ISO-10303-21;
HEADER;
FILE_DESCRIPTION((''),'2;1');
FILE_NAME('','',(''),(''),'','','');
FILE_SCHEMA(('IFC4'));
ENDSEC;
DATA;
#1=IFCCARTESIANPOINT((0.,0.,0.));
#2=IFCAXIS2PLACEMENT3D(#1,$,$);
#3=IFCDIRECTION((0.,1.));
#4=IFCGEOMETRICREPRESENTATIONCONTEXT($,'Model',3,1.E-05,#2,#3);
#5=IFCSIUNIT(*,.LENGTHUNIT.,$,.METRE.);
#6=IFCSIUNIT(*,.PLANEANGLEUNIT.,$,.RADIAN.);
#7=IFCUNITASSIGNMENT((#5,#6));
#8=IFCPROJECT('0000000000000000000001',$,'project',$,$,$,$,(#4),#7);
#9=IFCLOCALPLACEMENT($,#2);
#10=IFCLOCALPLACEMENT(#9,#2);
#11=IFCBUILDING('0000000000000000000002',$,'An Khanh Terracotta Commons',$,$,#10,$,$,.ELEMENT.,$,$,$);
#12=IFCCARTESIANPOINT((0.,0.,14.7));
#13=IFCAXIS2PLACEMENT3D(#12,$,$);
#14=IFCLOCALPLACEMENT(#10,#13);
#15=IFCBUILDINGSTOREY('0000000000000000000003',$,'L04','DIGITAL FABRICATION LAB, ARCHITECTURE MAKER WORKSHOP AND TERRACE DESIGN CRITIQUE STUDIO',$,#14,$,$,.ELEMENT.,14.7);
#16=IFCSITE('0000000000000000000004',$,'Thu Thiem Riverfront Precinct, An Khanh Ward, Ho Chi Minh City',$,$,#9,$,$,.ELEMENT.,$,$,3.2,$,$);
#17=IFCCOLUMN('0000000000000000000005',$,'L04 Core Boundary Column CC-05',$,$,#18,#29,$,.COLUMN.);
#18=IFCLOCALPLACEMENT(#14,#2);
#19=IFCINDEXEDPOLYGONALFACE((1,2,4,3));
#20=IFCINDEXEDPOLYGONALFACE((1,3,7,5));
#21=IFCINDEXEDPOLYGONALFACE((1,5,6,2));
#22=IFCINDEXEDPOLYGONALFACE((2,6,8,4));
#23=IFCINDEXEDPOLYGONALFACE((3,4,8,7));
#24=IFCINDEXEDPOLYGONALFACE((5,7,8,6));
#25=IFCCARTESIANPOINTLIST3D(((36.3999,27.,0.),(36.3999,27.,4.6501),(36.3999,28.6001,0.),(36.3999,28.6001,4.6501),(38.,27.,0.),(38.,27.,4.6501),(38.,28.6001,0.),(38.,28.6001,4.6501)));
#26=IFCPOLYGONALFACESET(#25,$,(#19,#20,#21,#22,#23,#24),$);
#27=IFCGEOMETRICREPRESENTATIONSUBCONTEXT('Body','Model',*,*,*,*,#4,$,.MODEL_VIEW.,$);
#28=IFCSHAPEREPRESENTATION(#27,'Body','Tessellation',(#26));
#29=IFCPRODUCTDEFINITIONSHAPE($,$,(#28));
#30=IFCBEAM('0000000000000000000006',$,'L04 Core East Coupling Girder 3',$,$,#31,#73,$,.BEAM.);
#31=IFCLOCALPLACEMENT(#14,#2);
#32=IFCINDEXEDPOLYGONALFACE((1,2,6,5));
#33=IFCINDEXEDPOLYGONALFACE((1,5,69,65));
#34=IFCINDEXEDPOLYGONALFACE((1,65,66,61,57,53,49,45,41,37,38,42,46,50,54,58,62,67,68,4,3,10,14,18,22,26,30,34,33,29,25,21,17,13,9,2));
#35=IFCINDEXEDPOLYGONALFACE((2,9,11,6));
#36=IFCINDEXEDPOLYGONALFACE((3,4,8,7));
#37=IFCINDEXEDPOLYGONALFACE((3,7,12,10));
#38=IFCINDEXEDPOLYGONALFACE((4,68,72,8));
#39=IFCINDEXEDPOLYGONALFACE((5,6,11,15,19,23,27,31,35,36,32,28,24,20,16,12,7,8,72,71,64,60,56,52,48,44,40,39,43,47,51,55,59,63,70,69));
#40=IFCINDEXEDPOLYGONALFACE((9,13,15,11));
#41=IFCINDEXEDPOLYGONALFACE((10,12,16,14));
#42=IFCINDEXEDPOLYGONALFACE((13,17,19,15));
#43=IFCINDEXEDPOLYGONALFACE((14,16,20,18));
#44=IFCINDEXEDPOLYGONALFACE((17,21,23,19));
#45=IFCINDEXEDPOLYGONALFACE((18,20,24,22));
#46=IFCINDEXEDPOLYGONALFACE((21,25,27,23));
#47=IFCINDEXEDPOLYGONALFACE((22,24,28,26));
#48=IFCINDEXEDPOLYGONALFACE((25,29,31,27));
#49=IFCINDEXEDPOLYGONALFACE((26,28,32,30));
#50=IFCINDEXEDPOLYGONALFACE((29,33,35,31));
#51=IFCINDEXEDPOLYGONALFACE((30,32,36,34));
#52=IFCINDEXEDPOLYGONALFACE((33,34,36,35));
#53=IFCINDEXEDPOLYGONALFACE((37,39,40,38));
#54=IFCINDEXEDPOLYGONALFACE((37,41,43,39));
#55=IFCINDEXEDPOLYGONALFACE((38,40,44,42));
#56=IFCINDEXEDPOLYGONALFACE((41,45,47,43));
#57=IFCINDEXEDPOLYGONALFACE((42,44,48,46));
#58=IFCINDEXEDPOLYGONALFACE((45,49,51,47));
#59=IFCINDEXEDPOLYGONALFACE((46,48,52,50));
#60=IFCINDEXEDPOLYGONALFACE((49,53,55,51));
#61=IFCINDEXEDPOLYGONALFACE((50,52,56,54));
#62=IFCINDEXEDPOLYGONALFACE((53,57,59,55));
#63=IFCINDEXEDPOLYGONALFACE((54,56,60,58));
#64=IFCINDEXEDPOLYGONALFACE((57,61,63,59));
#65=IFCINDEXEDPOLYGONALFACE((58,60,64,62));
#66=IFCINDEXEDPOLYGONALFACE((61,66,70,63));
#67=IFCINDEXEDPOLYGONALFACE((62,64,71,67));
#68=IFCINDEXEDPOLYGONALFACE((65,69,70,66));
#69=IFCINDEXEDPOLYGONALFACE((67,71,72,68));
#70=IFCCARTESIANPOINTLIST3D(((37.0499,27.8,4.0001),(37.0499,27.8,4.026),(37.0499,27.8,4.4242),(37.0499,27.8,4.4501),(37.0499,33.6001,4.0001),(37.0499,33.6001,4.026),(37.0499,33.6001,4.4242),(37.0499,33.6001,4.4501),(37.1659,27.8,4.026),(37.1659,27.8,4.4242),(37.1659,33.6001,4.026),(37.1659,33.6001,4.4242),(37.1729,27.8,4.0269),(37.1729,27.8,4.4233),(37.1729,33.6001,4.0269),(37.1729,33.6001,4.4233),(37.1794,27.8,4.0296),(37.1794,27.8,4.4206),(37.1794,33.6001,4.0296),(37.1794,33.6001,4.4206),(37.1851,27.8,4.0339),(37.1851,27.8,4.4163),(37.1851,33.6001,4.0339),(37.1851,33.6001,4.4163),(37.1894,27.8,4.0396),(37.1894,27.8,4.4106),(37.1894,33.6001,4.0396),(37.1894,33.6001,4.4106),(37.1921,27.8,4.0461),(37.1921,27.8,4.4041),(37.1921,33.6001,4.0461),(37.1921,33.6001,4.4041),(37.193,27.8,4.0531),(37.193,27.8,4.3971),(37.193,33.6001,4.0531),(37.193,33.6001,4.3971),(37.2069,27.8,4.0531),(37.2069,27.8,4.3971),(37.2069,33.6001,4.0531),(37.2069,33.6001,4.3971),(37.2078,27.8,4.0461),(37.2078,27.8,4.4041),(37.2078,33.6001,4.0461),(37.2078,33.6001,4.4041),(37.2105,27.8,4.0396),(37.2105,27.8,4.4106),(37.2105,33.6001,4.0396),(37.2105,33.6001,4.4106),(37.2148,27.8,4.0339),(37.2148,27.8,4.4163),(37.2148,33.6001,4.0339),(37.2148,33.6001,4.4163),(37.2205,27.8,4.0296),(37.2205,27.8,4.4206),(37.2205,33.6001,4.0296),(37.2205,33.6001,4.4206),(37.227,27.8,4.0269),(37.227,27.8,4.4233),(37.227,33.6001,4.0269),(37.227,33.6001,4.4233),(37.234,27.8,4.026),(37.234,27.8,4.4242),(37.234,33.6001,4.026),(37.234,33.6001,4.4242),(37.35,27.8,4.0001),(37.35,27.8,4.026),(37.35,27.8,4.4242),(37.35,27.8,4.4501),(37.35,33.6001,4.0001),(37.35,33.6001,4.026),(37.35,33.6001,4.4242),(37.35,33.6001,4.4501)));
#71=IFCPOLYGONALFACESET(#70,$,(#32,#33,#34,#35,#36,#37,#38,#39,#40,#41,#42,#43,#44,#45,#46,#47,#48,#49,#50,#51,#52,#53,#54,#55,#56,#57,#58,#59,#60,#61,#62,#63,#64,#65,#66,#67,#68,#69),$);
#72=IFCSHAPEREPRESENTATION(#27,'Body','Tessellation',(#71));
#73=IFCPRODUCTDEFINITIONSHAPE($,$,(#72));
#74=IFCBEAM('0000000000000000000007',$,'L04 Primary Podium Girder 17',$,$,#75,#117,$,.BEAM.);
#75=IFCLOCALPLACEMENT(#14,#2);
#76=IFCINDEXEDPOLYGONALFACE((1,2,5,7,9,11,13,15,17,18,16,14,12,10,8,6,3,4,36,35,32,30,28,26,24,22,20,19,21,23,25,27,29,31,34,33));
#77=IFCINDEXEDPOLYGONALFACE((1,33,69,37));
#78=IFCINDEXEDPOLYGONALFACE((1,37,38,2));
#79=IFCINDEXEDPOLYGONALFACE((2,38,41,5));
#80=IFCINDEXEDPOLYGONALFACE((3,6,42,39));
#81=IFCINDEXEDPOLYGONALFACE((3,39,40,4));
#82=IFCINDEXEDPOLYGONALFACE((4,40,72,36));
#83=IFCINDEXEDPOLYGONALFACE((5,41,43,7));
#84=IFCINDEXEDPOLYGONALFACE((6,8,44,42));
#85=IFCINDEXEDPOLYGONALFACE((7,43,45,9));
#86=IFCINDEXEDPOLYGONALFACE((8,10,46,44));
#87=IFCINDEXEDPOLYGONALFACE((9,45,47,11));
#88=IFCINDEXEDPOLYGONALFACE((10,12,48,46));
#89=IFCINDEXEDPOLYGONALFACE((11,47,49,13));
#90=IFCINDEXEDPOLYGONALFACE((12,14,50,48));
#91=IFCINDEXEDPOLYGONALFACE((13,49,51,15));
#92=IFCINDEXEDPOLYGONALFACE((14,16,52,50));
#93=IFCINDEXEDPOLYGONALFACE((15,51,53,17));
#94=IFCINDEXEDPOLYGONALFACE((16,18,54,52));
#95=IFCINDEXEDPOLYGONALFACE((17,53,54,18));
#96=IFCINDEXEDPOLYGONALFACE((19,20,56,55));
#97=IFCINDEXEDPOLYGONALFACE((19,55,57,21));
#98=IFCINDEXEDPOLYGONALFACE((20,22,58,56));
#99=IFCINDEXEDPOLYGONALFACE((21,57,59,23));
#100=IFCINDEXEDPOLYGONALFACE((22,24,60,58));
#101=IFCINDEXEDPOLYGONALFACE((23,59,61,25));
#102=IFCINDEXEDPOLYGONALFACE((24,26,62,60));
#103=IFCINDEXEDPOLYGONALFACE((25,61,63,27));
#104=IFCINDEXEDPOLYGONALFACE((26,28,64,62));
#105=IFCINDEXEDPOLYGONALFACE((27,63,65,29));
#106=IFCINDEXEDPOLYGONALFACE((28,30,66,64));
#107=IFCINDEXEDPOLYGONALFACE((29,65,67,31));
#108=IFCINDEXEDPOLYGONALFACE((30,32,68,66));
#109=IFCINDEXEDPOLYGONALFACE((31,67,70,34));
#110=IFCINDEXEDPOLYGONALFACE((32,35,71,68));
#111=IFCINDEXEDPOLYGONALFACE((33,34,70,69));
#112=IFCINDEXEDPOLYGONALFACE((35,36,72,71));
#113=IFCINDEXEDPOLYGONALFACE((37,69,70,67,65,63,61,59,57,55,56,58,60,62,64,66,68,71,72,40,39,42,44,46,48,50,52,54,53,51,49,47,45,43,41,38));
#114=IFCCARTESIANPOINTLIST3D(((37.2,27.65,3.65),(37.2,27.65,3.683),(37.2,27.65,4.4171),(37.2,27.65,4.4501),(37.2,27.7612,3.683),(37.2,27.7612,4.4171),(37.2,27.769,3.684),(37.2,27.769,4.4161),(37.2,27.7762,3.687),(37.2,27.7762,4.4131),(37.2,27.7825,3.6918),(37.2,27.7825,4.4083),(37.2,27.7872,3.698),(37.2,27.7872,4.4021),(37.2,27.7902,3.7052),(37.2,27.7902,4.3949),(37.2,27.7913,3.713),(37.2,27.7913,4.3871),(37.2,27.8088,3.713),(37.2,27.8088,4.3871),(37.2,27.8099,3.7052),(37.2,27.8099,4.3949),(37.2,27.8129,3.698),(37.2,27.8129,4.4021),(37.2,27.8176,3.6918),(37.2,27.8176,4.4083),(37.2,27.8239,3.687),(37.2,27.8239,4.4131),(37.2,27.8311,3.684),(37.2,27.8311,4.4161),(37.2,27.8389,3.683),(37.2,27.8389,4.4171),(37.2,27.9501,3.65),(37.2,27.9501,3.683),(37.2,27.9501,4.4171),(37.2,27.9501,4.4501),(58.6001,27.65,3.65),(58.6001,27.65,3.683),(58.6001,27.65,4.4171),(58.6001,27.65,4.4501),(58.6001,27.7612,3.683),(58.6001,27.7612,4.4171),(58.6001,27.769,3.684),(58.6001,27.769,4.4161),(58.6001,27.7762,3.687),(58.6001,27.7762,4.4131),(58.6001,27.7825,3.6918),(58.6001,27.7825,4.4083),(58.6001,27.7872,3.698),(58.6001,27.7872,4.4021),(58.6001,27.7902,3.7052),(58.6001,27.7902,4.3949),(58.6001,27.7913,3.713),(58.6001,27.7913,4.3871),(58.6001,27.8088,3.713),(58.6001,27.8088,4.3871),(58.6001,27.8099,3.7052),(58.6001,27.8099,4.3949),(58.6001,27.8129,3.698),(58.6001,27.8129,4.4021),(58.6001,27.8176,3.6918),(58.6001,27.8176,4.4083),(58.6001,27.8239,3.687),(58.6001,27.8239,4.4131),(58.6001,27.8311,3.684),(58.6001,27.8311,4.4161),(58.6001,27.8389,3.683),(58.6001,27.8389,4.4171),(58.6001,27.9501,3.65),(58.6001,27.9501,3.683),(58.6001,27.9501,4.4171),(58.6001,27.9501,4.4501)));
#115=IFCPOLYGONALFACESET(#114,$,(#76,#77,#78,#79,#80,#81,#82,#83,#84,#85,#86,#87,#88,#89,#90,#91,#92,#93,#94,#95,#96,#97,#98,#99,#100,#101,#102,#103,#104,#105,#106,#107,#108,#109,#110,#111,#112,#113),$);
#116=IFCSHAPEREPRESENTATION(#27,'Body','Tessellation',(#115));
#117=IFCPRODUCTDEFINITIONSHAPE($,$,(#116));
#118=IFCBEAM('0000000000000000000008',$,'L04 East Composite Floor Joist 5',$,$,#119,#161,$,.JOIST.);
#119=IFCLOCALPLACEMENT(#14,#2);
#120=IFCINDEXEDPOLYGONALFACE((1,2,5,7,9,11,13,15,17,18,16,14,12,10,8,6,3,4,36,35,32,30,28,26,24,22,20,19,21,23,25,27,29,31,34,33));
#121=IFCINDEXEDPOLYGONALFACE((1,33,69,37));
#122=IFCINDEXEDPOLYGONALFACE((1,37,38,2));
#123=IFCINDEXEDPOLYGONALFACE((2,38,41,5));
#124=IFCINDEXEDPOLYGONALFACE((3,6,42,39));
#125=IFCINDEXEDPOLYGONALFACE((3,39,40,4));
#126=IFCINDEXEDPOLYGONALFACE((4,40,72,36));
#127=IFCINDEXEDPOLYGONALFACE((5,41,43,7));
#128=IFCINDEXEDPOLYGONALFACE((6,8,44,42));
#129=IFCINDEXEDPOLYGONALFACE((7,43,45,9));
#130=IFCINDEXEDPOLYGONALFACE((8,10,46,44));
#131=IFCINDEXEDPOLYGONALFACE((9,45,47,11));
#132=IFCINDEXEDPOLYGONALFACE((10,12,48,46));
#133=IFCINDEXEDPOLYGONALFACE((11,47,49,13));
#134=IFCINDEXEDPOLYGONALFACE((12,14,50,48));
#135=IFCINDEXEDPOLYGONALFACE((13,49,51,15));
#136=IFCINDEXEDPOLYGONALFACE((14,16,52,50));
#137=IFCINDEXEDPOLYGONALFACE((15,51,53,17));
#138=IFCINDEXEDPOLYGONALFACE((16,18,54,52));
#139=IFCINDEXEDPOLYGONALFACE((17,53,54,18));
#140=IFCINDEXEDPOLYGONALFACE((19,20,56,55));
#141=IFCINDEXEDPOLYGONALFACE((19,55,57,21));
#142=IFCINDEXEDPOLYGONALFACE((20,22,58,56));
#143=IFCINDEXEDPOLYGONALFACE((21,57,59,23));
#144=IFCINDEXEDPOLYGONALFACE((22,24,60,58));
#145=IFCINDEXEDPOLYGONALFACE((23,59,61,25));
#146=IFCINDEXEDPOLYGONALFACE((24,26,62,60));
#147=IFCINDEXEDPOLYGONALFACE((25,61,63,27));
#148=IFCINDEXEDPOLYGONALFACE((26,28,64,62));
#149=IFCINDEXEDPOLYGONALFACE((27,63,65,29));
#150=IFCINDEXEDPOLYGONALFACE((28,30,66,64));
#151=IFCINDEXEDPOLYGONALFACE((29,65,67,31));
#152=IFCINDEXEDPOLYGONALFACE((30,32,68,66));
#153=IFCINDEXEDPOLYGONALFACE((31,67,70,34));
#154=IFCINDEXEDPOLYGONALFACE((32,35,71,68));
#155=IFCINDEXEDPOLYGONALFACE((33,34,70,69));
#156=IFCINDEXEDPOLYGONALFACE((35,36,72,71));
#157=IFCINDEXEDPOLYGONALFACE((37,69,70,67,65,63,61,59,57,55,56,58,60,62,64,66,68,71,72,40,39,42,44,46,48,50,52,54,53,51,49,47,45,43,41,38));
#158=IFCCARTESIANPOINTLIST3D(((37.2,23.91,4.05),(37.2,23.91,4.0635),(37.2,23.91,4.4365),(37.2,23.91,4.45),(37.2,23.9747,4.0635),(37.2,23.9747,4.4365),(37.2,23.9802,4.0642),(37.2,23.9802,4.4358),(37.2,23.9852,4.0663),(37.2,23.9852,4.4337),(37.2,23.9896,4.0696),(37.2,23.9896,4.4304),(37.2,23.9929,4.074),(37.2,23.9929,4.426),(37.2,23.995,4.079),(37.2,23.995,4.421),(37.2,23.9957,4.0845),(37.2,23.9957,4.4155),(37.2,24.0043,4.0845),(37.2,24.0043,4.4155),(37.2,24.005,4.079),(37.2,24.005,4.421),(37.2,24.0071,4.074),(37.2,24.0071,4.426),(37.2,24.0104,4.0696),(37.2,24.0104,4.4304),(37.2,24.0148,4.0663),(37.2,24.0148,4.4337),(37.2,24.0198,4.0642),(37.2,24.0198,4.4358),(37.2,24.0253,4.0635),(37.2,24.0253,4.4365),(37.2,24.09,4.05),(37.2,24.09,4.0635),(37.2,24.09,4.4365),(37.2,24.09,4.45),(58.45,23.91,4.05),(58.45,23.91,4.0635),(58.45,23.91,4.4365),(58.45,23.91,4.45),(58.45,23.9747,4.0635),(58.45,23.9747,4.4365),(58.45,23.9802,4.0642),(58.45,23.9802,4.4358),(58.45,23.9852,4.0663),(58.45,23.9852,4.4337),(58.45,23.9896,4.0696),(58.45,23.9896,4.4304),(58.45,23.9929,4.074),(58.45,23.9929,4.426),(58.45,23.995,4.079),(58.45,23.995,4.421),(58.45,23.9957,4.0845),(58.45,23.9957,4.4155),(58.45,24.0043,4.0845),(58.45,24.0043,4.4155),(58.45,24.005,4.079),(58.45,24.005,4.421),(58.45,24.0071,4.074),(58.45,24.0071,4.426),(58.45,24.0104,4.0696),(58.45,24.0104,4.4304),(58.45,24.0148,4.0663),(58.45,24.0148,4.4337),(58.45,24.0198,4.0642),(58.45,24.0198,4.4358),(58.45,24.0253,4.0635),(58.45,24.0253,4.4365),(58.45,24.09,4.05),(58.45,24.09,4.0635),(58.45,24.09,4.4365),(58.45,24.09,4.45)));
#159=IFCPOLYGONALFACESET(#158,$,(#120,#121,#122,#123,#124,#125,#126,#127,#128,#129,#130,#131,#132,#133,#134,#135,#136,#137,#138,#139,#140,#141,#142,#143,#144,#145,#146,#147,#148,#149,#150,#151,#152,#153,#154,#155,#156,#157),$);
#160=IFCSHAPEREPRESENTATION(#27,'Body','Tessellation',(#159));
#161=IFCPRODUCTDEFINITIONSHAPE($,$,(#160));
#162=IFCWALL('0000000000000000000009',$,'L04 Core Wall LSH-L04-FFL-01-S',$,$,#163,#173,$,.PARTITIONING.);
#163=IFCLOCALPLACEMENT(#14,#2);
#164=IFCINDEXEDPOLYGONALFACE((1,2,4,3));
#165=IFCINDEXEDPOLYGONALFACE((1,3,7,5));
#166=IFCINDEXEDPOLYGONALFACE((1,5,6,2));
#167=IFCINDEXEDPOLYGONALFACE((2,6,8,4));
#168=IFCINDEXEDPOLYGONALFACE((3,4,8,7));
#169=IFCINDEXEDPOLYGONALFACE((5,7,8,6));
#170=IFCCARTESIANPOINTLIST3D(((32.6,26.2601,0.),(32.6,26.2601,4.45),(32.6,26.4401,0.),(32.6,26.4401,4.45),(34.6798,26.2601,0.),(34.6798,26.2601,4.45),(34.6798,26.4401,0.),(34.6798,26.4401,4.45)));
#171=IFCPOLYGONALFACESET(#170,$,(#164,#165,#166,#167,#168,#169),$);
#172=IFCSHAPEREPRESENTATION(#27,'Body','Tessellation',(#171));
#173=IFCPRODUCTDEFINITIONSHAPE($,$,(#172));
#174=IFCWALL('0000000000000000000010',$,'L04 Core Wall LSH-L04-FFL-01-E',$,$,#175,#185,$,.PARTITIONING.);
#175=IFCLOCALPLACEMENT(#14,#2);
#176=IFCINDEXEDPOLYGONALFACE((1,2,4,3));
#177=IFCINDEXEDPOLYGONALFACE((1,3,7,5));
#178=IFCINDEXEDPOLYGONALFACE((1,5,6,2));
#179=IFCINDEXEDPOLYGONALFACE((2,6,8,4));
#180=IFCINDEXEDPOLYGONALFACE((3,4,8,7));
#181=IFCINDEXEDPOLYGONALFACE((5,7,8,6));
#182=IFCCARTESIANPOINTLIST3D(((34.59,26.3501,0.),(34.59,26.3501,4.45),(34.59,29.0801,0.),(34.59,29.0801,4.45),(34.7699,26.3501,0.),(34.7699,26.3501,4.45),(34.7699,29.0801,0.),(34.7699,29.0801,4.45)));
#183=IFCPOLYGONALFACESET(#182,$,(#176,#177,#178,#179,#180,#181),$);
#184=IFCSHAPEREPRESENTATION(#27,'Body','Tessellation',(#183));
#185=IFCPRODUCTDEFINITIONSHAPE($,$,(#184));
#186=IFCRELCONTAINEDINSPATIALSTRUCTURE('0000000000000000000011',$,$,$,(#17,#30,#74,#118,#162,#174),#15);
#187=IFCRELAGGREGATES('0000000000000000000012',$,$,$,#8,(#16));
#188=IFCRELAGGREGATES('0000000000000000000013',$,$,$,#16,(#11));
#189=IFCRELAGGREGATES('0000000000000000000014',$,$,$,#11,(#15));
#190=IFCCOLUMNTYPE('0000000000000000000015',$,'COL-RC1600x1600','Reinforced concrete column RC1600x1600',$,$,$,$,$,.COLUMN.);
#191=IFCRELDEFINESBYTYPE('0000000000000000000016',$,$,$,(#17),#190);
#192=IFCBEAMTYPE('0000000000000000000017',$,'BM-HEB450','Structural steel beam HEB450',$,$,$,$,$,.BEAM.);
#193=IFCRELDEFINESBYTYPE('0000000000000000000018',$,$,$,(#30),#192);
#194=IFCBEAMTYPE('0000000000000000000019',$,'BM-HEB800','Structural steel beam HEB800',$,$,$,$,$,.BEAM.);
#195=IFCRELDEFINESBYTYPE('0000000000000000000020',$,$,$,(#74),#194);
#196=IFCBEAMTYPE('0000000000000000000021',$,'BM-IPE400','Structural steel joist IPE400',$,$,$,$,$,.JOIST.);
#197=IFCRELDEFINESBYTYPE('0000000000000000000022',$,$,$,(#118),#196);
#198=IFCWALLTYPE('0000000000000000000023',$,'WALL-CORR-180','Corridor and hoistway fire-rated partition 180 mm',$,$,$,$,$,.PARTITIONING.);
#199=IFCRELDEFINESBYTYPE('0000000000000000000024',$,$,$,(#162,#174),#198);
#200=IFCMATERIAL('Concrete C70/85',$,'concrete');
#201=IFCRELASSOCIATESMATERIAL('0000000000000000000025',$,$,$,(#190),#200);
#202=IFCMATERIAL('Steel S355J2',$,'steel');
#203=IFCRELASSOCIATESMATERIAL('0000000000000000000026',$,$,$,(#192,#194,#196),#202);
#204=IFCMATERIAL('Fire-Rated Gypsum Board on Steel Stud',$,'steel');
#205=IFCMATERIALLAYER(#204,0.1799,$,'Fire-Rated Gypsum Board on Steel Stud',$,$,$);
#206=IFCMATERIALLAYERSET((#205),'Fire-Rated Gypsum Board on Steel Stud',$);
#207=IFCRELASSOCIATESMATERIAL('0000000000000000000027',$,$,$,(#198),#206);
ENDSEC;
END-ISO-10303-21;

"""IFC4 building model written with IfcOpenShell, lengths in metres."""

from ifc_helpers import new_model, si_unit, direction, frame, frame_2d, origin, origin_2d, place, context, subcontext, project, spatial, rectangle, i_section, extrude, material, layer, layer_set, material_profile, profile_set, type_object, element, save


model = new_model("IFC4")

# Units and contexts
model_context = context("Model", 3, precision=1e-05, world=origin(), true_north=direction((0.0, 1.0)))
body_context = subcontext(model_context, "Body", "Model", "MODEL_VIEW")
ifc_project = project(units=[si_unit("LENGTHUNIT", "METRE"), si_unit("PLANEANGLEUNIT", "RADIAN")], contexts=[model_context])

# Site, building, storey
site_placement = place(None, origin())
site = spatial("IfcSite", under=ifc_project, at=site_placement, Name="Thu Thiem Riverfront Precinct, An Khanh Ward, Ho Chi Minh City", CompositionType="ELEMENT", RefElevation=3.2)
building_placement = place(site_placement, origin())
building = spatial("IfcBuilding", under=site, at=building_placement, Name="An Khanh Terracotta Commons", CompositionType="ELEMENT")
storey_placement = place(building_placement, frame((0.0, 0.0, 14.7)))
storey = spatial("IfcBuildingStorey", under=building, at=storey_placement, Name="L04", Description="DIGITAL FABRICATION LAB, ARCHITECTURE MAKER WORKSHOP AND TERRACE DESIGN CRITIQUE STUDIO", CompositionType="ELEMENT", Elevation=14.7)

# Column
ifc_material_1 = material(Name="Concrete C70/85", Category="concrete")
ifc_material_profile_1 = material_profile(ifc_material_1, rectangle(XDim=1.6001, YDim=1.6001, at=origin_2d()), Name="RC1600x1600")
ifc_profile_set_1 = profile_set([ifc_material_profile_1], Name="Concrete C70/85")
column_type = type_object("IfcColumnType", Name="COL-RC1600x1600", Description="Reinforced concrete column RC1600x1600", PredefinedType="COLUMN", material=ifc_profile_set_1)
column_placement = place(storey_placement, frame((37.2, 27.8, 0.0), z_axis=(0.0, 0.0, 1.0), x_axis=(1.0, 0.0, 0.0)))
element("IfcColumn", 1, at=column_placement, inside=storey, type_object=column_type, Name="L04 Core Boundary Column CC-05", PredefinedType="COLUMN", context=body_context, shape_type="SweptSolid", body=[
    extrude(rectangle(XDim=1.6001, YDim=1.6001, at=origin_2d()), origin(), (0.0, 0.0, 1.0), 4.6501),
])

# Beams
ifc_material_2 = material(Name="Steel S355J2", Category="steel")
ifc_material_profile_2 = material_profile(ifc_material_2, i_section(OverallWidth=0.3, OverallDepth=0.45, WebThickness=0.0139, FlangeThickness=0.0259, FilletRadius=0.0271, at=origin_2d()), Name="HEB450")
ifc_profile_set_2 = profile_set([ifc_material_profile_2], Name="Steel S355J2")
beam_type_1 = type_object("IfcBeamType", Name="BM-HEB450", Description="Structural steel beam HEB450", PredefinedType="BEAM", material=ifc_profile_set_2)
beam_1_placement = place(storey_placement, frame((37.2, 27.8, 4.2251), z_axis=(0.0, 1.0, 0.0), x_axis=(-1.0, 0.0, 0.0)))
element("IfcBeam", 2, at=beam_1_placement, inside=storey, type_object=beam_type_1, Name="L04 Core East Coupling Girder 3", PredefinedType="BEAM", context=body_context, shape_type="SweptSolid", body=[
    extrude(i_section(OverallWidth=0.3, OverallDepth=0.45, WebThickness=0.0139, FlangeThickness=0.0259, FilletRadius=0.0271, at=origin_2d()), origin(), (0.0, 0.0, 1.0), 5.8),
])
ifc_material_profile_3 = material_profile(ifc_material_2, i_section(OverallWidth=0.3, OverallDepth=0.8, WebThickness=0.0176, FlangeThickness=0.033, FilletRadius=0.03, at=origin_2d()), Name="HEB800")
ifc_profile_set_3 = profile_set([ifc_material_profile_3], Name="Steel S355J2")
beam_type_2 = type_object("IfcBeamType", Name="BM-HEB800", Description="Structural steel beam HEB800", PredefinedType="BEAM", material=ifc_profile_set_3)
beam_2_placement = place(storey_placement, frame((37.2, 27.8, 4.05), z_axis=(1.0, 0.0, 0.0), x_axis=(0.0, 1.0, 0.0)))
element("IfcBeam", 3, at=beam_2_placement, inside=storey, type_object=beam_type_2, Name="L04 Primary Podium Girder 17", PredefinedType="BEAM", context=body_context, shape_type="SweptSolid", body=[
    extrude(i_section(OverallWidth=0.3, OverallDepth=0.8, WebThickness=0.0176, FlangeThickness=0.033, FilletRadius=0.03, at=origin_2d()), origin(), (0.0, 0.0, 1.0), 21.4001),
])
ifc_material_profile_4 = material_profile(ifc_material_2, i_section(OverallWidth=0.1799, OverallDepth=0.3999, WebThickness=0.0085, FlangeThickness=0.0134, FilletRadius=0.021, at=origin_2d()), Name="IPE400")
ifc_profile_set_4 = profile_set([ifc_material_profile_4], Name="Steel S355J2")
beam_type_3 = type_object("IfcBeamType", Name="BM-IPE400", Description="Structural steel joist IPE400", PredefinedType="JOIST", material=ifc_profile_set_4)
beam_3_placement = place(storey_placement, frame((37.2, 24.0, 4.25), z_axis=(1.0, 0.0, 0.0), x_axis=(0.0, 1.0, 0.0)))
element("IfcBeam", 4, at=beam_3_placement, inside=storey, type_object=beam_type_3, Name="L04 East Composite Floor Joist 5", PredefinedType="JOIST", context=body_context, shape_type="SweptSolid", body=[
    extrude(i_section(OverallWidth=0.1799, OverallDepth=0.3999, WebThickness=0.0085, FlangeThickness=0.0134, FilletRadius=0.021, at=origin_2d()), origin(), (0.0, 0.0, 1.0), 21.25),
])

# Walls
ifc_material_3 = material(Name="Fire-Rated Gypsum Board on Steel Stud", Category="steel")
ifc_layer_1 = layer(ifc_material_3, 0.1799, Name="Fire-Rated Gypsum Board on Steel Stud")
ifc_layer_set_1 = layer_set([ifc_layer_1], Name="Fire-Rated Gypsum Board on Steel Stud")
wall_type_1 = type_object("IfcWallType", Name="WALL-CORR-180", Description="Corridor and hoistway fire-rated partition 180 mm", PredefinedType="PARTITIONING", material=ifc_layer_set_1)
wall_1_placement = place(storey_placement, frame((34.6799, 26.3501, 0.0), z_axis=(0.0, 0.0, 1.0), x_axis=(-1.0, 0.0, 0.0)))
element("IfcWall", 5, at=wall_1_placement, inside=storey, type_object=wall_type_1, Name="L04 Core Wall LSH-L04-FFL-01-S", PredefinedType="PARTITIONING", context=body_context, shape_type="SweptSolid", body=[
    extrude(rectangle(XDim=2.0798, YDim=0.1799, at=frame_2d((1.04, 0.0))), origin(), (0.0, 0.0, 1.0), 4.45),
])
wall_2_placement = place(storey_placement, frame((34.6799, 26.3501, 0.0), z_axis=(0.0, 0.0, 1.0), x_axis=(0.0, 1.0, 0.0)))
element("IfcWall", 6, at=wall_2_placement, inside=storey, type_object=wall_type_1, Name="L04 Core Wall LSH-L04-FFL-01-E", PredefinedType="PARTITIONING", context=body_context, shape_type="SweptSolid", body=[
    extrude(rectangle(XDim=2.73, YDim=0.1799, at=frame_2d((1.365, 0.0))), origin(), (0.0, 0.0, 1.0), 4.45),
])

save(model, "model.ifc")
